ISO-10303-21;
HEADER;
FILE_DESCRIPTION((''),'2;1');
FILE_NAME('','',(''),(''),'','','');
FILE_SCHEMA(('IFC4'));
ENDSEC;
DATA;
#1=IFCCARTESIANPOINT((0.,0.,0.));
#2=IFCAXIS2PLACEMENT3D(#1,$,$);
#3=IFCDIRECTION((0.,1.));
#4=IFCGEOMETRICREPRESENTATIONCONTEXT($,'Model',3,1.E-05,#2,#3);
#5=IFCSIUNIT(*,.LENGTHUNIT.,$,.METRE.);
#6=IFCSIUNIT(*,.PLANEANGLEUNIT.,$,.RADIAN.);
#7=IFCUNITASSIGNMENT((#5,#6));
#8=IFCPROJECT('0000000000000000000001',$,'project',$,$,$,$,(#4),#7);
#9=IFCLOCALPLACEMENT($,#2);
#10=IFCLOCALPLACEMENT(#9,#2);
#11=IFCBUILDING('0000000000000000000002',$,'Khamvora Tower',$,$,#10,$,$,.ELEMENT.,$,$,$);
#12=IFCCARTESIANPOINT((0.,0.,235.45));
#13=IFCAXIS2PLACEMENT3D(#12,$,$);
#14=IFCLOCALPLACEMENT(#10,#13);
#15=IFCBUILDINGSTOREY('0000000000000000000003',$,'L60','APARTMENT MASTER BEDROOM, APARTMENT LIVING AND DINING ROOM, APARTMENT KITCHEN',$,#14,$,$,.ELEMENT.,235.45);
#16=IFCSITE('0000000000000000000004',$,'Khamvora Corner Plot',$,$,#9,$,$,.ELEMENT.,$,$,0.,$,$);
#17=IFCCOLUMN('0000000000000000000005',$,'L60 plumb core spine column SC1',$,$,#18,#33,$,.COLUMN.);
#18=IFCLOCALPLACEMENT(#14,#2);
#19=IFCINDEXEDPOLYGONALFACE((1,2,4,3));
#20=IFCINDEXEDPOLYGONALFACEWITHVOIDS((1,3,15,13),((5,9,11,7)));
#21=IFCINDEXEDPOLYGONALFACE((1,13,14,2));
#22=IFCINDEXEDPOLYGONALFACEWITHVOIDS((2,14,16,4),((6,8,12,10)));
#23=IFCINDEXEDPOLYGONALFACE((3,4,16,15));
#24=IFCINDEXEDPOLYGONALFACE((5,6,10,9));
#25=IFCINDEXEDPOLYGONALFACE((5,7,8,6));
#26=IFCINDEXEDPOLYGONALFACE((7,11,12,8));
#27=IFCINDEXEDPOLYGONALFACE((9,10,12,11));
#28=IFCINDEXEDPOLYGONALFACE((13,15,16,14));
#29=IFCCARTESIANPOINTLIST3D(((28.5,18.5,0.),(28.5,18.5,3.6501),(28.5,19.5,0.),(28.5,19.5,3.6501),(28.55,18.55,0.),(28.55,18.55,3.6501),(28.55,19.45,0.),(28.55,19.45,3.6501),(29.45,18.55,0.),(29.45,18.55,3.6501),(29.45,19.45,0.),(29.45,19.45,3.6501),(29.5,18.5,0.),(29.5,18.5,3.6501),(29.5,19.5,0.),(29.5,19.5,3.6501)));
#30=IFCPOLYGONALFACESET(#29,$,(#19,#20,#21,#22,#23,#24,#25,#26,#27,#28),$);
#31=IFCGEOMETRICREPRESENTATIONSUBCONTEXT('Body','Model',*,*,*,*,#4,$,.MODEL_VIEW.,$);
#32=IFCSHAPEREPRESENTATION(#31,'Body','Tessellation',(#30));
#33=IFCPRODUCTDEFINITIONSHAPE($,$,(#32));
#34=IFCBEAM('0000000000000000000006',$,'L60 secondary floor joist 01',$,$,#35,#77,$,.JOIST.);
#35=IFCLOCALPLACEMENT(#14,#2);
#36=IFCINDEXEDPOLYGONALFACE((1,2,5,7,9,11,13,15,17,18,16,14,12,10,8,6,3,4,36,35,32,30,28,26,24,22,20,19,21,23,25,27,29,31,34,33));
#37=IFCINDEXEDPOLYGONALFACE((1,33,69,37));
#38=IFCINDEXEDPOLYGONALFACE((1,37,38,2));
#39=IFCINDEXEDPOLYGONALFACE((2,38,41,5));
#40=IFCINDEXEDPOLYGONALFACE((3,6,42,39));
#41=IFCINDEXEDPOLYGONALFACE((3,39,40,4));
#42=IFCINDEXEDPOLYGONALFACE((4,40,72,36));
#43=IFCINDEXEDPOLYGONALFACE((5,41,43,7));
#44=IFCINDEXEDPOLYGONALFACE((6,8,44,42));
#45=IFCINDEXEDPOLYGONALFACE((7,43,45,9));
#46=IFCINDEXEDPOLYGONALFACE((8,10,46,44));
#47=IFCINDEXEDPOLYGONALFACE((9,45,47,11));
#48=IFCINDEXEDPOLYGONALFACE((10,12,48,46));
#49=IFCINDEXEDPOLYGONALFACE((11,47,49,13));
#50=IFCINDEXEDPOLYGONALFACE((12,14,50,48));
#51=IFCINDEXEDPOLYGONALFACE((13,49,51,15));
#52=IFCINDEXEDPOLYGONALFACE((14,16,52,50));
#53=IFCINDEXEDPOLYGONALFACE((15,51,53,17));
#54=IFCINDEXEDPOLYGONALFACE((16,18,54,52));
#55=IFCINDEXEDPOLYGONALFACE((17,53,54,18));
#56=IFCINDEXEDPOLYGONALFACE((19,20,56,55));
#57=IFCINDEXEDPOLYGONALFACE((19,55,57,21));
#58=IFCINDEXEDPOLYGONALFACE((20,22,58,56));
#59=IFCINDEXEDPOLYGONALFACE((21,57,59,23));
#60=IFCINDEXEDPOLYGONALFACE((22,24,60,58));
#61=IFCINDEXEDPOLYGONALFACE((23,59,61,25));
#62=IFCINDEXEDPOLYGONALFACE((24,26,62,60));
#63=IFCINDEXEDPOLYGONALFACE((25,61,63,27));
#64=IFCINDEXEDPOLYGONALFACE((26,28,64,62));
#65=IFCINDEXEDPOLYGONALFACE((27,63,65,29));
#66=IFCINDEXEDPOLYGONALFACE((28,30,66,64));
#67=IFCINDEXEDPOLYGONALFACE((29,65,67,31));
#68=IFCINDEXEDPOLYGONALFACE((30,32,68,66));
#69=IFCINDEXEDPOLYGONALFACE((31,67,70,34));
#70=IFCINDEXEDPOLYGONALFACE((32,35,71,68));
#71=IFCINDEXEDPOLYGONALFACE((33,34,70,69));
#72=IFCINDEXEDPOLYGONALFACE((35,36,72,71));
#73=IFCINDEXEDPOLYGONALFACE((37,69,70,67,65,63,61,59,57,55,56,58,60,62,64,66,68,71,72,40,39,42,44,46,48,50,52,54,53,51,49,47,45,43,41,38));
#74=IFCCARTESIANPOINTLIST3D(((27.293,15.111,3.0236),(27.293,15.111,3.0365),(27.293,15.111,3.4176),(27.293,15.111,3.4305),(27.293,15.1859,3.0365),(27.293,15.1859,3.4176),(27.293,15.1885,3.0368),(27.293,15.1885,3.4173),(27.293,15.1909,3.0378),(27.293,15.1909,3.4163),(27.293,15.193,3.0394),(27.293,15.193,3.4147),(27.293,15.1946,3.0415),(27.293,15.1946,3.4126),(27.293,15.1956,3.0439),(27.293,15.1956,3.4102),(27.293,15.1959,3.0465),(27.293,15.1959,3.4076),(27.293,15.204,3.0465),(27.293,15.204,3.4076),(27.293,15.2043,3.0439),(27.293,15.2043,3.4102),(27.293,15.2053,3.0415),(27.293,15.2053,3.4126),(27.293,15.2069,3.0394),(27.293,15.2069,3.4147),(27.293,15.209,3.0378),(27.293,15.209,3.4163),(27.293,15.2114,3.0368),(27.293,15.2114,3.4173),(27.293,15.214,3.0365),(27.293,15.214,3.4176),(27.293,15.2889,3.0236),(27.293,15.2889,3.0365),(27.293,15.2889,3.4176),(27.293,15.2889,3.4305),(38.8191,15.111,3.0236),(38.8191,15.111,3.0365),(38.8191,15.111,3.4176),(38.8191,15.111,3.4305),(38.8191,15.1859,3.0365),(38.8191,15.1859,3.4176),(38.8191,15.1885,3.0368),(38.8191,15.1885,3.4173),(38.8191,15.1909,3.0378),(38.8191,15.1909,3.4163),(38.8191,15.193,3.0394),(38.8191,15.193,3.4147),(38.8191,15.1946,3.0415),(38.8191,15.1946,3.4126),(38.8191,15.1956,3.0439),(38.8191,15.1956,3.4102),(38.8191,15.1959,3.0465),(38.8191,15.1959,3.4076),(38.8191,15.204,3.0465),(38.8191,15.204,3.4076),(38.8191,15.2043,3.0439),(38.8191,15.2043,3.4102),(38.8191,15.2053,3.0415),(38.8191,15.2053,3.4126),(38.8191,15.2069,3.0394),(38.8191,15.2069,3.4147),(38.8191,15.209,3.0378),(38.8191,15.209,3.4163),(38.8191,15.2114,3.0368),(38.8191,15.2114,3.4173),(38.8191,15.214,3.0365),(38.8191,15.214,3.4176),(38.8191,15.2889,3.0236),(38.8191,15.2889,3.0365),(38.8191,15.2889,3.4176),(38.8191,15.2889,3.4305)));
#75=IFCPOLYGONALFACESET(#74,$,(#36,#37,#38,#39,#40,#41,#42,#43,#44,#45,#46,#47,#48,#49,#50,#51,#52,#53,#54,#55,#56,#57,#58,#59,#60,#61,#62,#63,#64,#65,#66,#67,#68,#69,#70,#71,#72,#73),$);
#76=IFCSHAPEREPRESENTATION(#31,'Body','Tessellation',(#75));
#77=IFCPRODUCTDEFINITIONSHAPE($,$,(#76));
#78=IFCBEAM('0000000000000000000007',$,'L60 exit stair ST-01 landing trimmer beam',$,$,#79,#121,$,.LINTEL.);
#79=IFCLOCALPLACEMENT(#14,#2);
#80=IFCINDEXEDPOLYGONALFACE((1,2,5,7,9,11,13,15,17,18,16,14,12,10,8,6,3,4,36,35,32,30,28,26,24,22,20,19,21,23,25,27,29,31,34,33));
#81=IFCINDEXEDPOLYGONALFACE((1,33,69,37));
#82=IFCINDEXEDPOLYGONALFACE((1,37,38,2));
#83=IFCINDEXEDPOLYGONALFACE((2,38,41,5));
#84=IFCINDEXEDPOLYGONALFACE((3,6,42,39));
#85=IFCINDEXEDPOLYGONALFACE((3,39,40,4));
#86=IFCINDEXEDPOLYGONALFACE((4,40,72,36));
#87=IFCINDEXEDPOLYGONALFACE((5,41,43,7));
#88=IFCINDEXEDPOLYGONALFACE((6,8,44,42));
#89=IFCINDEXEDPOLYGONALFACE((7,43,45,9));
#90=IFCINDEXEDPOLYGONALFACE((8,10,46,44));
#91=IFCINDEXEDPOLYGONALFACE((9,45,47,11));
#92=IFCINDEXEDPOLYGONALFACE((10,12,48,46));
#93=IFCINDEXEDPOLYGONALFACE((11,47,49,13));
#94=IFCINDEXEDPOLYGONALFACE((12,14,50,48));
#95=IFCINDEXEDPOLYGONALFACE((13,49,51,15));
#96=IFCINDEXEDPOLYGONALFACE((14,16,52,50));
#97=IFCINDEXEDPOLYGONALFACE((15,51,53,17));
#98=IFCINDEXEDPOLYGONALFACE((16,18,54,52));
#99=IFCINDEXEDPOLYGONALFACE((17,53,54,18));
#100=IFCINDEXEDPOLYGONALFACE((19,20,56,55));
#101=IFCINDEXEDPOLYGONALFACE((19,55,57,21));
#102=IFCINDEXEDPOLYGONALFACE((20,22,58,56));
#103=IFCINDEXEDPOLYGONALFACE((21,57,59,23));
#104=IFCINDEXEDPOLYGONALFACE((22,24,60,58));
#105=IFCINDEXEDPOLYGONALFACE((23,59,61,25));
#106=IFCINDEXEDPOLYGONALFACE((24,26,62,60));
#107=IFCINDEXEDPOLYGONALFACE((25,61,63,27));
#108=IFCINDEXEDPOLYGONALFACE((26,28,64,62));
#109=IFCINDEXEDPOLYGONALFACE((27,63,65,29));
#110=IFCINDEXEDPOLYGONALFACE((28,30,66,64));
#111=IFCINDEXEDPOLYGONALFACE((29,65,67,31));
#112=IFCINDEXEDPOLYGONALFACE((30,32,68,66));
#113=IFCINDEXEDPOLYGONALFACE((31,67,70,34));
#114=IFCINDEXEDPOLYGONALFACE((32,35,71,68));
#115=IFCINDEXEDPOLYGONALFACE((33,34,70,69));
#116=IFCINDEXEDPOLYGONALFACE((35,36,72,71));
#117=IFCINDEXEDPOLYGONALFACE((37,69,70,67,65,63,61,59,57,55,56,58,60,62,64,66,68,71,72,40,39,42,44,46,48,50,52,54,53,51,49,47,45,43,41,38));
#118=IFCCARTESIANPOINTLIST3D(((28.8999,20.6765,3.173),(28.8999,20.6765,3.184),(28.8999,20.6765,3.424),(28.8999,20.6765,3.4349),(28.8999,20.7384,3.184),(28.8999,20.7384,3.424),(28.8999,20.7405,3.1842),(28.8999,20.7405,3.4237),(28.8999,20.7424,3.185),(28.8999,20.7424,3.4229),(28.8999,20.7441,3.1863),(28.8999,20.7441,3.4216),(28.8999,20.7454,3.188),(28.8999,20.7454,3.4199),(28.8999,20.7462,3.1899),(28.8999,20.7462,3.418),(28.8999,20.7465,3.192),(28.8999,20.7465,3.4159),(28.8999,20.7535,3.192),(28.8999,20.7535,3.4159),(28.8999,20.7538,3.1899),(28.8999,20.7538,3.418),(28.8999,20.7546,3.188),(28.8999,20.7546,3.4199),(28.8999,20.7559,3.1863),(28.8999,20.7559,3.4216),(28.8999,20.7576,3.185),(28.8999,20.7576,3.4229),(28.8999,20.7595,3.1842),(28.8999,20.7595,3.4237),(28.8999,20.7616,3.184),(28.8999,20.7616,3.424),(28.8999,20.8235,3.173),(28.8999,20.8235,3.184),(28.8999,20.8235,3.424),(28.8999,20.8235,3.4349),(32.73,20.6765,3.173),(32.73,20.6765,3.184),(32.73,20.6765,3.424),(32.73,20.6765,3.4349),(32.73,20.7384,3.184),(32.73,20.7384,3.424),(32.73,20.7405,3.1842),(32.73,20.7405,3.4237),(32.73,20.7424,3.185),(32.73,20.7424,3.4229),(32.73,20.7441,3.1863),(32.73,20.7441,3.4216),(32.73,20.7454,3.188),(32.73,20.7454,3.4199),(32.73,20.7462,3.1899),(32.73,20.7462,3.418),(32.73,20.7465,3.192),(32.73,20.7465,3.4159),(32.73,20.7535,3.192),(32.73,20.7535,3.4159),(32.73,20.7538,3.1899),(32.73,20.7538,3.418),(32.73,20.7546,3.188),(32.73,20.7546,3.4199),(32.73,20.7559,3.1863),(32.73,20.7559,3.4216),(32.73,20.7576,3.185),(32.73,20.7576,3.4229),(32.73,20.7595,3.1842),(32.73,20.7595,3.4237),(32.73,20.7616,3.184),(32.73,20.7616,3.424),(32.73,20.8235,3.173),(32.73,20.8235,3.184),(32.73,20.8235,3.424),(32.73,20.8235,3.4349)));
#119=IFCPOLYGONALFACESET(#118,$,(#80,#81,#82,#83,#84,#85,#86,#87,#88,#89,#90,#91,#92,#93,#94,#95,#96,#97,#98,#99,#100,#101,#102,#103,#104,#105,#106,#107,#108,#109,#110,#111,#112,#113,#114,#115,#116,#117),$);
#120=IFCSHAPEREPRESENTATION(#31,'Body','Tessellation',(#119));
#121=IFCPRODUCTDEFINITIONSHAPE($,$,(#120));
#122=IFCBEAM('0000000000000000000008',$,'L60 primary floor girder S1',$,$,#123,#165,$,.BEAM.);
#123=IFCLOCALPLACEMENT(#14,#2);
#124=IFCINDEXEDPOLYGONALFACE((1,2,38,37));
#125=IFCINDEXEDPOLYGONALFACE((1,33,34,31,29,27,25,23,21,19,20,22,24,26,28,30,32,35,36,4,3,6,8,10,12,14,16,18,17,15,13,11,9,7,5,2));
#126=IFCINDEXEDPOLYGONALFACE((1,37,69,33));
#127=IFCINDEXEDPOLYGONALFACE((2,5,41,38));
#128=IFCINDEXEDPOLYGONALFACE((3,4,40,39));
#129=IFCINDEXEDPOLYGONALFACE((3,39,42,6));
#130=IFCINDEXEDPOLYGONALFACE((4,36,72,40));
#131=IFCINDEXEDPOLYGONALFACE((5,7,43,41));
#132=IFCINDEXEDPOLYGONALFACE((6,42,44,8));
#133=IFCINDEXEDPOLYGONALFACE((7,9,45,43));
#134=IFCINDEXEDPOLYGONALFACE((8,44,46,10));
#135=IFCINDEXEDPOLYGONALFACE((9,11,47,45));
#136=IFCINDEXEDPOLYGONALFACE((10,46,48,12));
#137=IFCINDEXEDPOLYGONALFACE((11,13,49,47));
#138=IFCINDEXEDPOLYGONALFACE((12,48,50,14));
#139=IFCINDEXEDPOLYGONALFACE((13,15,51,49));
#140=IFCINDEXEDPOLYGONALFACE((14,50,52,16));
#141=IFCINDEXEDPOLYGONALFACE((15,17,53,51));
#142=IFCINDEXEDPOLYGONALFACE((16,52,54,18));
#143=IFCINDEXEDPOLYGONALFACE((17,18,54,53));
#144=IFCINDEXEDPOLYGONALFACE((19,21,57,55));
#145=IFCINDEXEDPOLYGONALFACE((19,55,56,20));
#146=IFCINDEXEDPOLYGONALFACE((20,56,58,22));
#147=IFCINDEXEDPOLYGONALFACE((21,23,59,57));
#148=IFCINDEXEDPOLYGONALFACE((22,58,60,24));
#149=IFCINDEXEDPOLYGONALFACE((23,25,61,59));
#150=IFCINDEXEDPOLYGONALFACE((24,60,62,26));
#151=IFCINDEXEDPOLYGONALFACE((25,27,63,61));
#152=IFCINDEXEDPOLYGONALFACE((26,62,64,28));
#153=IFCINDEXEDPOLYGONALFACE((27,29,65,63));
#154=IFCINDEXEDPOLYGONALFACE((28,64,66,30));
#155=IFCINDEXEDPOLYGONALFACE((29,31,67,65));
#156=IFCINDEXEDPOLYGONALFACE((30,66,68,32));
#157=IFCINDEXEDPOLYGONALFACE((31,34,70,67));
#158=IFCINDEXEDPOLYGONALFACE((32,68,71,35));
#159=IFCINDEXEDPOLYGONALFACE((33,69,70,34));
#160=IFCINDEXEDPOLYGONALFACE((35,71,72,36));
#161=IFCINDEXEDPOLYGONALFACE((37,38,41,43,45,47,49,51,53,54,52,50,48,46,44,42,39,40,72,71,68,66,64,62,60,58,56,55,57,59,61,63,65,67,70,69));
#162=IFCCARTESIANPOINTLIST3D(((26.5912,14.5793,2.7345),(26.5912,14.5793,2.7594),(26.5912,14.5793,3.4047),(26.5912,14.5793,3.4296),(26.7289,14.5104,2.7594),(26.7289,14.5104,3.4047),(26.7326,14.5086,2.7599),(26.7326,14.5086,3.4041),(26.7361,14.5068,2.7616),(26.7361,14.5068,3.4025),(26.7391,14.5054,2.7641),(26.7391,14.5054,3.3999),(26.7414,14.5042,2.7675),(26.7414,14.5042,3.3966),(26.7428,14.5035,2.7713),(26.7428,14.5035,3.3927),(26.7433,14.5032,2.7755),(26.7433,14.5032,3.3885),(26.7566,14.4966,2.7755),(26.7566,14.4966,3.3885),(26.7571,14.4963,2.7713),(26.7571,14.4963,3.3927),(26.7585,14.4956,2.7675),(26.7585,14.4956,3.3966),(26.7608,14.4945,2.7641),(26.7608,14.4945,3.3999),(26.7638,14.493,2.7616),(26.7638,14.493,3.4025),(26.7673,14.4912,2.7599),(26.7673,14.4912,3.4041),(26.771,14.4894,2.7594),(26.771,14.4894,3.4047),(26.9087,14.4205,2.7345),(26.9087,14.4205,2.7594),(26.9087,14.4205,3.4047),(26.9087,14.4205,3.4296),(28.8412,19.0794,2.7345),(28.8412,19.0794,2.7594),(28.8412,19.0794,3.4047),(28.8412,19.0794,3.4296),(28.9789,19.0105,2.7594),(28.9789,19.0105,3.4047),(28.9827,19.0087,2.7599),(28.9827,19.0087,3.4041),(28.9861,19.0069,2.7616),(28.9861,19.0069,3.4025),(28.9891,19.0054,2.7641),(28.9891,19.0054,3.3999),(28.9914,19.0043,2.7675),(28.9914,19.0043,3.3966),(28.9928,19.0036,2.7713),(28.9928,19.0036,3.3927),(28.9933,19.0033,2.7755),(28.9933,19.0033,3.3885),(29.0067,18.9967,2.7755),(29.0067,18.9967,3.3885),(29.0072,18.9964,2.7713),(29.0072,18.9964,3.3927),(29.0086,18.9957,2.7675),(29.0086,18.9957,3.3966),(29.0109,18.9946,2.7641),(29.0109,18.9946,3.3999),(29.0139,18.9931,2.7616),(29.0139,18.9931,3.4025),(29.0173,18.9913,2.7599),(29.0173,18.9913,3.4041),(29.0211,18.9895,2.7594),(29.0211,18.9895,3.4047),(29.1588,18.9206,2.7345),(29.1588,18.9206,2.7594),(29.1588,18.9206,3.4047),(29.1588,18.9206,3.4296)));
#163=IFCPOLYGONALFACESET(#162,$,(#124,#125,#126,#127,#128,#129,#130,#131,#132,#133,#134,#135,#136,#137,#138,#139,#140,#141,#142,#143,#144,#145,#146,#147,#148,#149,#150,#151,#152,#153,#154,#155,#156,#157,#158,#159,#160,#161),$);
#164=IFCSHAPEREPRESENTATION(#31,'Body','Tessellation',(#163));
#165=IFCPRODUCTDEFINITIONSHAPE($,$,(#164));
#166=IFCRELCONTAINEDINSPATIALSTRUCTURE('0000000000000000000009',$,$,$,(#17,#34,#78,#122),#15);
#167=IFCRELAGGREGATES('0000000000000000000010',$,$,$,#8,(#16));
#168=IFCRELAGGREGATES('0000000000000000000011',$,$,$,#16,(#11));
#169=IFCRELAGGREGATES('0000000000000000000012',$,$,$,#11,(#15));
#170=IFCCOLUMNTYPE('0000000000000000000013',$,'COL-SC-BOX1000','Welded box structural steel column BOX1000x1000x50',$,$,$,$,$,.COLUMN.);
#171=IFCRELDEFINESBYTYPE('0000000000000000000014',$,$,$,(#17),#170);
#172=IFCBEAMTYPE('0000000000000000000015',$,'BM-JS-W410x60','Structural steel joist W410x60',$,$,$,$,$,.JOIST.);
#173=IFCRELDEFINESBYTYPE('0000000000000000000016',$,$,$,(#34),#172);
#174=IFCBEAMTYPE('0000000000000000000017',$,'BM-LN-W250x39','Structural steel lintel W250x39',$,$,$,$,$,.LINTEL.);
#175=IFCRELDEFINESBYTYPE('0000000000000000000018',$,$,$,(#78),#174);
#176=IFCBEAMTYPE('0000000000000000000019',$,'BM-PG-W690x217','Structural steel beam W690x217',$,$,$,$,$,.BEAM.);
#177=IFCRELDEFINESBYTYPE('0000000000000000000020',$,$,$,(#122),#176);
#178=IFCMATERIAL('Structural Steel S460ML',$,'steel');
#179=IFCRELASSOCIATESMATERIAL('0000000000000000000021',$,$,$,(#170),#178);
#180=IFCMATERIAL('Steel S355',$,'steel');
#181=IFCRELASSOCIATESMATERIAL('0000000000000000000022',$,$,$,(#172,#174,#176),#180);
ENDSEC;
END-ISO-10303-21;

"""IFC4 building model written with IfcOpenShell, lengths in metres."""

from ifc_helpers import new_model, si_unit, direction, frame, origin, origin_2d, place, context, subcontext, project, spatial, hollow_rectangle, i_section, extrude, material, material_profile, profile_set, type_object, element, save


model = new_model("IFC4")

# Units and contexts
model_context = context("Model", 3, precision=1e-05, world=origin(), true_north=direction((0.0, 1.0)))
body_context = subcontext(model_context, "Body", "Model", "MODEL_VIEW")
ifc_project = project(units=[si_unit("LENGTHUNIT", "METRE"), si_unit("PLANEANGLEUNIT", "RADIAN")], contexts=[model_context])

# Site, building, storey
site_placement = place(None, origin())
site = spatial("IfcSite", under=ifc_project, at=site_placement, Name="Khamvora Corner Plot", CompositionType="ELEMENT", RefElevation=0.0)
building_placement = place(site_placement, origin())
building = spatial("IfcBuilding", under=site, at=building_placement, Name="Khamvora Tower", CompositionType="ELEMENT")
storey_placement = place(building_placement, frame((0.0, 0.0, 235.45)))
storey = spatial("IfcBuildingStorey", under=building, at=storey_placement, Name="L60", Description="APARTMENT MASTER BEDROOM, APARTMENT LIVING AND DINING ROOM, APARTMENT KITCHEN", CompositionType="ELEMENT", Elevation=235.45)

# Column
ifc_material_1 = material(Name="Structural Steel S460ML", Category="steel")
ifc_material_profile_1 = material_profile(ifc_material_1, hollow_rectangle(XDim=1.0, YDim=1.0, WallThickness=0.05, at=origin_2d()), Name="BOX1000x1000x50")
ifc_profile_set_1 = profile_set([ifc_material_profile_1], Name="Structural Steel S460ML")
column_type = type_object("IfcColumnType", Name="COL-SC-BOX1000", Description="Welded box structural steel column BOX1000x1000x50", PredefinedType="COLUMN", material=ifc_profile_set_1)
column_placement = place(storey_placement, frame((29.0, 19.0, 0.0), z_axis=(0.0, 0.0, 1.0), x_axis=(1.0, 0.0, 0.0)))
element("IfcColumn", 1, at=column_placement, inside=storey, type_object=column_type, Name="L60 plumb core spine column SC1", PredefinedType="COLUMN", context=body_context, shape_type="SweptSolid", body=[
    extrude(hollow_rectangle(XDim=1.0, YDim=1.0, WallThickness=0.05, at=origin_2d()), origin(), (0.0, 0.0, 1.0), 3.6501),
])

# Beams
ifc_material_2 = material(Name="Steel S355", Category="steel")
ifc_material_profile_2 = material_profile(ifc_material_2, i_section(OverallWidth=0.178, OverallDepth=0.407, WebThickness=0.0081, FlangeThickness=0.0129, FilletRadius=0.01, at=origin_2d()), Name="W410x60")
ifc_profile_set_2 = profile_set([ifc_material_profile_2], Name="Steel S355")
beam_type_1 = type_object("IfcBeamType", Name="BM-JS-W410x60", Description="Structural steel joist W410x60", PredefinedType="JOIST", material=ifc_profile_set_2)
beam_1_placement = place(storey_placement, frame((27.293, 15.2, 3.2271), z_axis=(1.0, 0.0, 0.0), x_axis=(0.0, 1.0, 0.0)))
element("IfcBeam", 2, at=beam_1_placement, inside=storey, type_object=beam_type_1, Name="L60 secondary floor joist 01", PredefinedType="JOIST", context=body_context, shape_type="SweptSolid", body=[
    extrude(i_section(OverallWidth=0.178, OverallDepth=0.407, WebThickness=0.0081, FlangeThickness=0.0129, FilletRadius=0.01, at=origin_2d()), origin(), (0.0, 0.0, 1.0), 11.5261),
])
ifc_material_profile_3 = material_profile(ifc_material_2, i_section(OverallWidth=0.147, OverallDepth=0.262, WebThickness=0.0071, FlangeThickness=0.011, FilletRadius=0.0081, at=origin_2d()), Name="W250x39")
ifc_profile_set_3 = profile_set([ifc_material_profile_3], Name="Steel S355")
beam_type_2 = type_object("IfcBeamType", Name="BM-LN-W250x39", Description="Structural steel lintel W250x39", PredefinedType="LINTEL", material=ifc_profile_set_3)
beam_2_placement = place(storey_placement, frame((28.8999, 20.75, 3.304), z_axis=(1.0, 0.0, 0.0), x_axis=(0.0, 1.0, 0.0)))
element("IfcBeam", 3, at=beam_2_placement, inside=storey, type_object=beam_type_2, Name="L60 exit stair ST-01 landing trimmer beam", PredefinedType="LINTEL", context=body_context, shape_type="SweptSolid", body=[
    extrude(i_section(OverallWidth=0.147, OverallDepth=0.262, WebThickness=0.0071, FlangeThickness=0.011, FilletRadius=0.0081, at=origin_2d()), origin(), (0.0, 0.0, 1.0), 3.8301),
])
ifc_material_profile_4 = material_profile(ifc_material_2, i_section(OverallWidth=0.355, OverallDepth=0.6951, WebThickness=0.0149, FlangeThickness=0.0249, FilletRadius=0.0161, at=origin_2d()), Name="W690x217")
ifc_profile_set_4 = profile_set([ifc_material_profile_4], Name="Steel S355")
beam_type_3 = type_object("IfcBeamType", Name="BM-PG-W690x217", Description="Structural steel beam W690x217", PredefinedType="BEAM", material=ifc_profile_set_4)
beam_3_placement = place(storey_placement, frame((29.0, 19.0, 3.082), z_axis=(-0.447214, -0.894427, 0.0), x_axis=(0.894427, -0.447214, 0.0)))
element("IfcBeam", 4, at=beam_3_placement, inside=storey, type_object=beam_type_3, Name="L60 primary floor girder S1", PredefinedType="BEAM", context=body_context, shape_type="SweptSolid", body=[
    extrude(i_section(OverallWidth=0.355, OverallDepth=0.6951, WebThickness=0.0149, FlangeThickness=0.0249, FilletRadius=0.0161, at=origin_2d()), origin(), (0.0, 0.0, 1.0), 5.0312),
])

save(model, "model.ifc")
